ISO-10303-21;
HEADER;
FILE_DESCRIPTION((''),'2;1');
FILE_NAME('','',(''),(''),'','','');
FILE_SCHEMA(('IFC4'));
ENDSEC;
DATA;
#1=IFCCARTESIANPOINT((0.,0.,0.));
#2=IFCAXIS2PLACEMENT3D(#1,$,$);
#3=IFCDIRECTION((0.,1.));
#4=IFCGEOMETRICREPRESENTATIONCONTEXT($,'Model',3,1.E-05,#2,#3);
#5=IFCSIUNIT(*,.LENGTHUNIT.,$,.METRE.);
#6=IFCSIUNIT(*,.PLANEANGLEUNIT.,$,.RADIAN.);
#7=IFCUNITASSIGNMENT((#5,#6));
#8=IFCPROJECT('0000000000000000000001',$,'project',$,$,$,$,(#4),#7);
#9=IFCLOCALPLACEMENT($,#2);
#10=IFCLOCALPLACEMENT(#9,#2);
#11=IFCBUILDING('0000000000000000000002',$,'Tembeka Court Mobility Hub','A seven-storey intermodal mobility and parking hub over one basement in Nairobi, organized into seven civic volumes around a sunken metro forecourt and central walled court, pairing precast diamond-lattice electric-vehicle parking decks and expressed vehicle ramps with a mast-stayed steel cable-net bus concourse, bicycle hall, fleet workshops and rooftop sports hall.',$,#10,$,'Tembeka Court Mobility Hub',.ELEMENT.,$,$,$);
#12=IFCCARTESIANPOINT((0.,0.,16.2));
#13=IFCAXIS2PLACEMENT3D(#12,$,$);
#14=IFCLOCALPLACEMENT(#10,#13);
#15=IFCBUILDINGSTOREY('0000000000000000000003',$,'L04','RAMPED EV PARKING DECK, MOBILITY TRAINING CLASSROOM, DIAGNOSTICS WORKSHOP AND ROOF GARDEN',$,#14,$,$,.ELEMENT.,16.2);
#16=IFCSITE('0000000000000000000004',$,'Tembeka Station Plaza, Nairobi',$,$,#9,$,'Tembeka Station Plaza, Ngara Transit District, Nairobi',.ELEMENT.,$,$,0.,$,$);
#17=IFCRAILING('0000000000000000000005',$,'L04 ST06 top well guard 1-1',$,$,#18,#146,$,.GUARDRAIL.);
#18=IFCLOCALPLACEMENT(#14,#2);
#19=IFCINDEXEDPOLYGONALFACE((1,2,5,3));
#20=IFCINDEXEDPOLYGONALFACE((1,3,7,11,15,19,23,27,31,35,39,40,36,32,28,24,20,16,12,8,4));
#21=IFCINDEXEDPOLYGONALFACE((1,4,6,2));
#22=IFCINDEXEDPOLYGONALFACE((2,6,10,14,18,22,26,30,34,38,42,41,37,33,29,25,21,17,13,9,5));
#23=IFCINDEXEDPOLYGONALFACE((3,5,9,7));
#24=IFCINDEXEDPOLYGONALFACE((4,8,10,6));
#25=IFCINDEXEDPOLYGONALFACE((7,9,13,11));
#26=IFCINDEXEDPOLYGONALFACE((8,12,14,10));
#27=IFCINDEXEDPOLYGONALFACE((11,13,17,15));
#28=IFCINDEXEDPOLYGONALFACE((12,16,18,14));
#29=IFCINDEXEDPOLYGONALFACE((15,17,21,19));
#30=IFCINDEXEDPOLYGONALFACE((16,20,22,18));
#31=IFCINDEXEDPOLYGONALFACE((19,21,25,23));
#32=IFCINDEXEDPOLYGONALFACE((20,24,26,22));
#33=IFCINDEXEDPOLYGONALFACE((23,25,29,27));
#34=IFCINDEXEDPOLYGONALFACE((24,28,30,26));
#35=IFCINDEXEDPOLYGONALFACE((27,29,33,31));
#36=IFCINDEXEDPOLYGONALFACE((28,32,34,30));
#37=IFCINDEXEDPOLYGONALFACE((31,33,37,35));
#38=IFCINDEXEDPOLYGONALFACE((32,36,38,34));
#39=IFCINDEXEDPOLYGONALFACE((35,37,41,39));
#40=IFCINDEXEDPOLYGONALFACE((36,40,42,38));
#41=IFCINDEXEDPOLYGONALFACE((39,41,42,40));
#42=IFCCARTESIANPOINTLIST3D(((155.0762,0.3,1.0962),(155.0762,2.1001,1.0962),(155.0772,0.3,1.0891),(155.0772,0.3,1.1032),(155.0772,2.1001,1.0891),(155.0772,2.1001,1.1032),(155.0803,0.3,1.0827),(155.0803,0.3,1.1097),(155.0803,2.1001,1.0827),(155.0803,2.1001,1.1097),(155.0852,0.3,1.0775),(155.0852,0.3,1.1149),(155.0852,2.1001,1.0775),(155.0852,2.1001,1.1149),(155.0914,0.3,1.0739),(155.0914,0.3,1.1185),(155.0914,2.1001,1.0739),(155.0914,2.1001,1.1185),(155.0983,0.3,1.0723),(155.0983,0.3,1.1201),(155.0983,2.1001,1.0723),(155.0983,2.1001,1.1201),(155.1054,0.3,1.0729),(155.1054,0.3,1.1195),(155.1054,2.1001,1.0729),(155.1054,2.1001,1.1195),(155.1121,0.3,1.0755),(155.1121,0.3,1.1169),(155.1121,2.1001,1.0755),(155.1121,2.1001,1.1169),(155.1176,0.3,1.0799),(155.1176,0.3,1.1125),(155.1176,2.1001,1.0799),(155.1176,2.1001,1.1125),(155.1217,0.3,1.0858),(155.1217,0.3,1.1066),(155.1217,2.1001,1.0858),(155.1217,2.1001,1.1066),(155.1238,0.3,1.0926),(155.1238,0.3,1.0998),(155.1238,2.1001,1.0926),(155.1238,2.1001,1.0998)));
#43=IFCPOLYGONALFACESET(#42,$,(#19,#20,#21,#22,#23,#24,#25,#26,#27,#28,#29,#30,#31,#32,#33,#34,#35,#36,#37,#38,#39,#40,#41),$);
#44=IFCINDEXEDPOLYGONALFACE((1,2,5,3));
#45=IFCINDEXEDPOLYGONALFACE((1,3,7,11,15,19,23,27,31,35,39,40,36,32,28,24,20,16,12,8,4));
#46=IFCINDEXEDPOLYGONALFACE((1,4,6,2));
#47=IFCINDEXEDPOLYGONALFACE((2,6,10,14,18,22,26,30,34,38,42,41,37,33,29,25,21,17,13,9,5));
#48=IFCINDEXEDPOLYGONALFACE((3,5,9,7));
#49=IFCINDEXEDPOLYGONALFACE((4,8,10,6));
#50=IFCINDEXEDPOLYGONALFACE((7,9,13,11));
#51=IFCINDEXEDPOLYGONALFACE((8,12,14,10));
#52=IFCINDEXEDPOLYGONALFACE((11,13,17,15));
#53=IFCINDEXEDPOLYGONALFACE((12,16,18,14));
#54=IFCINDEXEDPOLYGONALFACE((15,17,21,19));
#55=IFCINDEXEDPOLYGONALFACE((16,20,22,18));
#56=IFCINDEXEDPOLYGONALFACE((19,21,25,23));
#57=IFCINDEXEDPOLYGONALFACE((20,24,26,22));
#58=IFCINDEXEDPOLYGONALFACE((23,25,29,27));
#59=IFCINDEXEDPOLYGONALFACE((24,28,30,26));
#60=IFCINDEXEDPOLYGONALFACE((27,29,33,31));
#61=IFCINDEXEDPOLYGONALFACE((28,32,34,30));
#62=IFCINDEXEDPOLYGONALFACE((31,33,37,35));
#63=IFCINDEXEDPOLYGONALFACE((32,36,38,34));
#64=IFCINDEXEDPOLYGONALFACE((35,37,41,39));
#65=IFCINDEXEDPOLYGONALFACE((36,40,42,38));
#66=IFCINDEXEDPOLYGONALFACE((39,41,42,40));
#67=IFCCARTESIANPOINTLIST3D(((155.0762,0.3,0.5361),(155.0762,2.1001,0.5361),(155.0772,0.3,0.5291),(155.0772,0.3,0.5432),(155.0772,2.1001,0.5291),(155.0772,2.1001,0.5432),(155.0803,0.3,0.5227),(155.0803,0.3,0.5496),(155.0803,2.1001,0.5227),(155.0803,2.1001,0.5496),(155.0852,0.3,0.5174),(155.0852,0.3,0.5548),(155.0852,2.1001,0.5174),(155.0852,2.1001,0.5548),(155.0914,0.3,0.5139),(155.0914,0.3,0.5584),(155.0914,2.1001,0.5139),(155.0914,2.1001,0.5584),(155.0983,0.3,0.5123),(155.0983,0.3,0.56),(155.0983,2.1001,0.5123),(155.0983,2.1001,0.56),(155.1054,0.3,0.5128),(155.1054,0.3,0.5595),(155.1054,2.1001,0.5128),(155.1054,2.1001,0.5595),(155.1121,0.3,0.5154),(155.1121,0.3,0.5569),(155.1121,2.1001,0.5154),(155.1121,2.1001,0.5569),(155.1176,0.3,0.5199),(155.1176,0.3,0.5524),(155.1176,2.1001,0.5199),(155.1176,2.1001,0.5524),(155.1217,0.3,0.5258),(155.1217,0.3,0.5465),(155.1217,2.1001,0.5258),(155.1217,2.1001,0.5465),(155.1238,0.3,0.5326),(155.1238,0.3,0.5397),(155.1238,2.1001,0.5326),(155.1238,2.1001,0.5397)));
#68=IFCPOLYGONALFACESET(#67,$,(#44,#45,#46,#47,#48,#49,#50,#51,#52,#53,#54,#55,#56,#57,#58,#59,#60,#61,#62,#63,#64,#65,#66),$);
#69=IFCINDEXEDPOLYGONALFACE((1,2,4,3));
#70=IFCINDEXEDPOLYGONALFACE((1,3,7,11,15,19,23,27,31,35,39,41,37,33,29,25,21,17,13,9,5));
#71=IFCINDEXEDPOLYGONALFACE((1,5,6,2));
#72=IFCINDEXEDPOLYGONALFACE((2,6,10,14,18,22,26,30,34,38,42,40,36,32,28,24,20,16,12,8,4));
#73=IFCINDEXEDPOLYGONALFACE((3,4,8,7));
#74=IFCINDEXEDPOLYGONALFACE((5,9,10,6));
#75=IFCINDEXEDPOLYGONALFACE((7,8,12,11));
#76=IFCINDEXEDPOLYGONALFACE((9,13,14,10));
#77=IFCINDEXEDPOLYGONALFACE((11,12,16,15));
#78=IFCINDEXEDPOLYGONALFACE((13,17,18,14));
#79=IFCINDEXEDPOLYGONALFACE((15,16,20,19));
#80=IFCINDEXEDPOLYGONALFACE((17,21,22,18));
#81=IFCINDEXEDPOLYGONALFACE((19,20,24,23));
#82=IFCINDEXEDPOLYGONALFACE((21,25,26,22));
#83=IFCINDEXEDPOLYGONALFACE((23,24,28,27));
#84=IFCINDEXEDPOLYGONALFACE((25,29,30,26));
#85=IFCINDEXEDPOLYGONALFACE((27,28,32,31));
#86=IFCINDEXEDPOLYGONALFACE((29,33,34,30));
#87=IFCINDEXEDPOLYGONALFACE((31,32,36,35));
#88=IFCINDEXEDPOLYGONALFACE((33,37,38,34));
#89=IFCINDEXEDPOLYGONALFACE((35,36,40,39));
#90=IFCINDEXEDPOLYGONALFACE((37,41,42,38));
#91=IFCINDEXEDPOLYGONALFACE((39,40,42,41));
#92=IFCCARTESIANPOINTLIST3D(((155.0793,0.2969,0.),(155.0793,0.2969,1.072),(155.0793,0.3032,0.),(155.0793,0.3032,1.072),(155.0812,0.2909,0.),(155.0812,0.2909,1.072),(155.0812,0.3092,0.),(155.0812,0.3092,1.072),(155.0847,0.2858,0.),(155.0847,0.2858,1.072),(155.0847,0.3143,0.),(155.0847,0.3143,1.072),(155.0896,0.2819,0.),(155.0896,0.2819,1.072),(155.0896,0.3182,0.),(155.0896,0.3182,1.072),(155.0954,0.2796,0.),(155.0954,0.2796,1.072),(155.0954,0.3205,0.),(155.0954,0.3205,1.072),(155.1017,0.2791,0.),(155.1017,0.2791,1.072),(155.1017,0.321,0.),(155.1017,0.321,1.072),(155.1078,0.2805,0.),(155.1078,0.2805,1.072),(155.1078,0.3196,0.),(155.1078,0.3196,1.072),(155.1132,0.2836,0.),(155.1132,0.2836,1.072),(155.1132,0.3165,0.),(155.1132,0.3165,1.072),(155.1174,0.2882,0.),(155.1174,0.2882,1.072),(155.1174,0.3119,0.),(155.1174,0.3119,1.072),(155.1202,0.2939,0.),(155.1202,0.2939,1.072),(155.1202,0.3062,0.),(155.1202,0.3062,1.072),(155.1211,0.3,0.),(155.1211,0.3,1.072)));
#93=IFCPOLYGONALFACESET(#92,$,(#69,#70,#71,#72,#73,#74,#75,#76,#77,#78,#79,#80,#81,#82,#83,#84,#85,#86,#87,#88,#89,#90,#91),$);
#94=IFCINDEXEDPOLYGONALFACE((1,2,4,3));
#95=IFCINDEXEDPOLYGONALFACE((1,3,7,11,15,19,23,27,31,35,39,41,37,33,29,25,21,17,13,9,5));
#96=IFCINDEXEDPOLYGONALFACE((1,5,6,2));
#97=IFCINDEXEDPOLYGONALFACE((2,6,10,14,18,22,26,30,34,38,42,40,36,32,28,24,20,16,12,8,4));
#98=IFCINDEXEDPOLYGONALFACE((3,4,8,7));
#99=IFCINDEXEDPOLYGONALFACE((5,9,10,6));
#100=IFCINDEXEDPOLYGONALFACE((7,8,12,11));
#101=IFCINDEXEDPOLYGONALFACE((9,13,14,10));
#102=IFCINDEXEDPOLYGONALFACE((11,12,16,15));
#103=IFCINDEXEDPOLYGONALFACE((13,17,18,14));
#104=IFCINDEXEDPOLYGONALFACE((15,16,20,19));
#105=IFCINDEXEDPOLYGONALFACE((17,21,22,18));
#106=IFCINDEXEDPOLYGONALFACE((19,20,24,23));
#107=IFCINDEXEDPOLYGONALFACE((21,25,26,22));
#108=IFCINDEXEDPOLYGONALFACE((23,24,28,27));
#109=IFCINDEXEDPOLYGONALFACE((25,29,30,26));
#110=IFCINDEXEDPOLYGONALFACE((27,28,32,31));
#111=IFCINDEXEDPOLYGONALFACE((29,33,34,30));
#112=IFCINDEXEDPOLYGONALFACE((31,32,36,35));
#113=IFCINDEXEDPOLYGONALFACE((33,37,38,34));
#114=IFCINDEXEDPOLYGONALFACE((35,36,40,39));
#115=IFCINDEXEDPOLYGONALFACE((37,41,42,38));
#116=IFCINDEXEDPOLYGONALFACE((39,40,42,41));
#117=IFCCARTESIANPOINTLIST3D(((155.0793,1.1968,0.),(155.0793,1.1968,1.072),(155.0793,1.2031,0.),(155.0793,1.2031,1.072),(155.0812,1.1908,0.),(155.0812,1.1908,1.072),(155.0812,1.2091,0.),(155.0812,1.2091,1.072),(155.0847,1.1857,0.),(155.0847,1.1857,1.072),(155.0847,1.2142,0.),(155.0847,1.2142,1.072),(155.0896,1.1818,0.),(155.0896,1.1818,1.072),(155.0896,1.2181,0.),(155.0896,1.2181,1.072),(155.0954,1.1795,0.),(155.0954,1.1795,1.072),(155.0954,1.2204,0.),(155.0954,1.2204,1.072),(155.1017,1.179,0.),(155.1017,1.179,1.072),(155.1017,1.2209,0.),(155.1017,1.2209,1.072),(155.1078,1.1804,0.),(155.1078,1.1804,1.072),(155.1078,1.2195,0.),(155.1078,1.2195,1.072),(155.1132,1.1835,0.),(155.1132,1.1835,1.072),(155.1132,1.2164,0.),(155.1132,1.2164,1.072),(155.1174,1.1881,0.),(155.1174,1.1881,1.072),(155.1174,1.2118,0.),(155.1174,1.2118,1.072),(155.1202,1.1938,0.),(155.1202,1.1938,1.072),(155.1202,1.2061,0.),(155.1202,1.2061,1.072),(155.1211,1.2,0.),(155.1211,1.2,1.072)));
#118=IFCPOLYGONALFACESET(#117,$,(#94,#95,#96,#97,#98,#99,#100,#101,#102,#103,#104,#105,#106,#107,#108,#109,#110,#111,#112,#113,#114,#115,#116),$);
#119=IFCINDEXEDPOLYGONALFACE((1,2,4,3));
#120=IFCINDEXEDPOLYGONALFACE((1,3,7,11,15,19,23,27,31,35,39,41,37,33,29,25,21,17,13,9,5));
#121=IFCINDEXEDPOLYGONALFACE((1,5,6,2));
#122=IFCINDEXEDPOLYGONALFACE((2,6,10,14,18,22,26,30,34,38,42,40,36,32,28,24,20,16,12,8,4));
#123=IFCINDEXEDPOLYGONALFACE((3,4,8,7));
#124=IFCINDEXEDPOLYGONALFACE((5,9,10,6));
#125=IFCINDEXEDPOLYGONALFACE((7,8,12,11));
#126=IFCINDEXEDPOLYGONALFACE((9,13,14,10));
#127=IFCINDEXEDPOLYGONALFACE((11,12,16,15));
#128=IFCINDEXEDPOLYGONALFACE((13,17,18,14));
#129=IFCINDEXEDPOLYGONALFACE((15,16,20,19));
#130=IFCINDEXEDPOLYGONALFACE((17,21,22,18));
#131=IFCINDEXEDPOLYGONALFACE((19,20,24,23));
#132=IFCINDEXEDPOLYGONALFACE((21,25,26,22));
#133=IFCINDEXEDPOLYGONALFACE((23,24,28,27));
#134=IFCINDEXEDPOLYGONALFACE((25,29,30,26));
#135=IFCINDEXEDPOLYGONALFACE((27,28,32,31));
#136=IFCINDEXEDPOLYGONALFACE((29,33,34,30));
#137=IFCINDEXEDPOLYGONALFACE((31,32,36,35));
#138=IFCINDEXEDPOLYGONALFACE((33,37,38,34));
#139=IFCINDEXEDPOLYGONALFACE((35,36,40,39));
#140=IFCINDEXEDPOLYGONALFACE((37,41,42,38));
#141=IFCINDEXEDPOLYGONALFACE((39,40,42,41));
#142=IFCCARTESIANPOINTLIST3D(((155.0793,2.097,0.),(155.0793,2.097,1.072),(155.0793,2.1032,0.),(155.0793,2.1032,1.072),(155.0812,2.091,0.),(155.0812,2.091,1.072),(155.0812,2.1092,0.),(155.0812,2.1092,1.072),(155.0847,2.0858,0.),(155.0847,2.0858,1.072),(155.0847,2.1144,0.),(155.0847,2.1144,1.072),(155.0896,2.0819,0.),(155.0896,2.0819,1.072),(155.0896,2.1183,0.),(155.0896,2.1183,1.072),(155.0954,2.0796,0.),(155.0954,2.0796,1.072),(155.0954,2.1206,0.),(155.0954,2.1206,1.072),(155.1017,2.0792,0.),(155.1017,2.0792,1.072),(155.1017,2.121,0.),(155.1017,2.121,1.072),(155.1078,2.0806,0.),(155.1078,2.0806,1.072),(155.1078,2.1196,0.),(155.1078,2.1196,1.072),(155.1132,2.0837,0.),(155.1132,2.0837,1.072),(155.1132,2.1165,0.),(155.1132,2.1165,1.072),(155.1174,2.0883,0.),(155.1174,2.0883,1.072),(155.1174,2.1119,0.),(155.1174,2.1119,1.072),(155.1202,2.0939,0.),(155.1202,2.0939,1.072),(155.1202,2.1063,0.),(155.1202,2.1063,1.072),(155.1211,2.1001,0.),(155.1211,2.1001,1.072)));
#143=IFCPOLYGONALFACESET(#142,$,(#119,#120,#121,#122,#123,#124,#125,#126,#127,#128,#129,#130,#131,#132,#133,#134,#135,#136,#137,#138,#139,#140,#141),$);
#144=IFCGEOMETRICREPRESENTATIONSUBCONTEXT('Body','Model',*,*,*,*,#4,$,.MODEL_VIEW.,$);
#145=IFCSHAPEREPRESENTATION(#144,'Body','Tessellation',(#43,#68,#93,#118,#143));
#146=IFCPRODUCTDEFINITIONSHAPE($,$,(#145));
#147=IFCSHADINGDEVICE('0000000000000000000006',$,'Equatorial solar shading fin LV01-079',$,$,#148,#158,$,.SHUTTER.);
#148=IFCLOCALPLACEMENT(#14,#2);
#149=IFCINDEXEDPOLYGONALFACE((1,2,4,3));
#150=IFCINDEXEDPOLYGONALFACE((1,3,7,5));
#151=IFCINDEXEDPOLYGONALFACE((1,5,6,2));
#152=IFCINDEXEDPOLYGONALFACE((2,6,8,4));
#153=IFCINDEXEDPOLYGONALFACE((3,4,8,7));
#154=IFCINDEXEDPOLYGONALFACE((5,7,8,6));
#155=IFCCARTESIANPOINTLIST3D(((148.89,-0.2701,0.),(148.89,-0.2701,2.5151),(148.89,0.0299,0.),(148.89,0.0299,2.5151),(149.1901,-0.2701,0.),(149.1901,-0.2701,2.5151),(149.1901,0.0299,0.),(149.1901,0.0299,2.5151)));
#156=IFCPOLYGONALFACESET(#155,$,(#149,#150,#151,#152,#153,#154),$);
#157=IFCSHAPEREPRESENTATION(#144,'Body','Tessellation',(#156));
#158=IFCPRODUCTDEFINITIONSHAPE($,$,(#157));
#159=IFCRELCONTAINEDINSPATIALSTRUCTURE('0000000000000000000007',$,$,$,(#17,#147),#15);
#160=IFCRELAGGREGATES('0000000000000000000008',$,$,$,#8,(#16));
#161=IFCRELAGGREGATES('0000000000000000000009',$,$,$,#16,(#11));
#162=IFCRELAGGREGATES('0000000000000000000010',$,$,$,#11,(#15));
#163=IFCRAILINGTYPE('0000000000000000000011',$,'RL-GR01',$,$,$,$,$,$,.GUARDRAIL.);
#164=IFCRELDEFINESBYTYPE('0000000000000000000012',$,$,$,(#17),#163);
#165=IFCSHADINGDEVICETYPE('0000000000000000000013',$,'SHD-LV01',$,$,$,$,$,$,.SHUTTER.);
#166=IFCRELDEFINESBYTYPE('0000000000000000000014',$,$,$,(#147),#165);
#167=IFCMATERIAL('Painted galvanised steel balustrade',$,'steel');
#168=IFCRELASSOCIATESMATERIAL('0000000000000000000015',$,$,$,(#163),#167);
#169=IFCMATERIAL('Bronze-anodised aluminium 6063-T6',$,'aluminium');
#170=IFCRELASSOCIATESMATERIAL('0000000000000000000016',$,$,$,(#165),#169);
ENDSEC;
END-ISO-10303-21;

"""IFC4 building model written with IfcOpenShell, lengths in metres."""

from ifc_helpers import new_model, si_unit, direction, frame, origin, origin_2d, place, context, subcontext, project, spatial, rectangle, circle, extrude, material, material_profile, profile_set, type_object, element, save


model = new_model("IFC4")

# Units and contexts
model_context = context("Model", 3, precision=1e-05, world=origin(), true_north=direction((0.0, 1.0)))
body_context = subcontext(model_context, "Body", "Model", "MODEL_VIEW")
ifc_project = project(units=[si_unit("LENGTHUNIT", "METRE"), si_unit("PLANEANGLEUNIT", "RADIAN")], contexts=[model_context])

# Site, building, storey
site_placement = place(None, origin())
site = spatial("IfcSite", under=ifc_project, at=site_placement, Name="Tembeka Station Plaza, Nairobi", LongName="Tembeka Station Plaza, Ngara Transit District, Nairobi", CompositionType="ELEMENT", RefElevation=0.0)
building_placement = place(site_placement, origin())
building = spatial("IfcBuilding", under=site, at=building_placement, Name="Tembeka Court Mobility Hub", Description="A seven-storey intermodal mobility and parking hub over one basement in Nairobi, organized into seven civic volumes around a sunken metro forecourt and central walled court, pairing precast diamond-lattice electric-vehicle parking decks and expressed vehicle ramps with a mast-stayed steel cable-net bus concourse, bicycle hall, fleet workshops and rooftop sports hall.", LongName="Tembeka Court Mobility Hub", CompositionType="ELEMENT")
storey_placement = place(building_placement, frame((0.0, 0.0, 16.2)))
storey = spatial("IfcBuildingStorey", under=building, at=storey_placement, Name="L04", Description="RAMPED EV PARKING DECK, MOBILITY TRAINING CLASSROOM, DIAGNOSTICS WORKSHOP AND ROOF GARDEN", CompositionType="ELEMENT", Elevation=16.2)

# Railing
ifc_material_1 = material(Name="Painted galvanised steel balustrade", Category="steel")
railing_type = type_object("IfcRailingType", Name="RL-GR01", PredefinedType="GUARDRAIL", material=ifc_material_1)
railing_placement = place(storey_placement, frame((155.1001, 0.3, 0.0)))
element("IfcRailing", 1, at=railing_placement, inside=storey, type_object=railing_type, Name="L04 ST06 top well guard 1-1", PredefinedType="GUARDRAIL", context=body_context, shape_type="SweptSolid", body=[
    extrude(circle(Radius=0.0239, at=origin_2d()), frame((0.0, 0.0, 1.0962), z_axis=(0.0, 1.0, 0.0), x_axis=(-1.0, 0.0, 0.0)), (0.0, 0.0, 1.0), 1.8),
    extrude(circle(Radius=0.0239, at=origin_2d()), frame((0.0, 0.0, 0.5361), z_axis=(0.0, 1.0, 0.0), x_axis=(-1.0, 0.0, 0.0)), (0.0, 0.0, 1.0), 1.8),
    extrude(circle(Radius=0.021, at=origin_2d()), origin(), (0.0, 0.0, 1.0), 1.072),
    extrude(circle(Radius=0.021, at=origin_2d()), frame((0.0, 0.8999, 0.0)), (0.0, 0.0, 1.0), 1.072),
    extrude(circle(Radius=0.021, at=origin_2d()), frame((0.0, 1.8, 0.0)), (0.0, 0.0, 1.0), 1.072),
])

# Shading device
ifc_material_2 = material(Name="Bronze-anodised aluminium 6063-T6", Category="aluminium")
ifc_material_profile_1 = material_profile(ifc_material_2, rectangle(XDim=0.3, YDim=0.3, at=origin_2d()), Name="ALU-LVR 300x300")
ifc_profile_set_1 = profile_set([ifc_material_profile_1], Name="Bronze-anodised aluminium 6063-T6")
shading_device_type = type_object("IfcShadingDeviceType", Name="SHD-LV01", PredefinedType="SHUTTER", material=ifc_profile_set_1)
shading_device_placement = place(storey_placement, frame((149.04, -0.1201, 0.0), z_axis=(0.0, 0.0, 1.0), x_axis=(1.0, 0.0, 0.0)))
element("IfcShadingDevice", 2, at=shading_device_placement, inside=storey, type_object=shading_device_type, Name="Equatorial solar shading fin LV01-079", PredefinedType="SHUTTER", context=body_context, shape_type="SweptSolid", body=[
    extrude(rectangle(XDim=0.3, YDim=0.3, at=origin_2d()), origin(), (0.0, 0.0, 1.0), 2.5151),
])

save(model, "model.ifc")
